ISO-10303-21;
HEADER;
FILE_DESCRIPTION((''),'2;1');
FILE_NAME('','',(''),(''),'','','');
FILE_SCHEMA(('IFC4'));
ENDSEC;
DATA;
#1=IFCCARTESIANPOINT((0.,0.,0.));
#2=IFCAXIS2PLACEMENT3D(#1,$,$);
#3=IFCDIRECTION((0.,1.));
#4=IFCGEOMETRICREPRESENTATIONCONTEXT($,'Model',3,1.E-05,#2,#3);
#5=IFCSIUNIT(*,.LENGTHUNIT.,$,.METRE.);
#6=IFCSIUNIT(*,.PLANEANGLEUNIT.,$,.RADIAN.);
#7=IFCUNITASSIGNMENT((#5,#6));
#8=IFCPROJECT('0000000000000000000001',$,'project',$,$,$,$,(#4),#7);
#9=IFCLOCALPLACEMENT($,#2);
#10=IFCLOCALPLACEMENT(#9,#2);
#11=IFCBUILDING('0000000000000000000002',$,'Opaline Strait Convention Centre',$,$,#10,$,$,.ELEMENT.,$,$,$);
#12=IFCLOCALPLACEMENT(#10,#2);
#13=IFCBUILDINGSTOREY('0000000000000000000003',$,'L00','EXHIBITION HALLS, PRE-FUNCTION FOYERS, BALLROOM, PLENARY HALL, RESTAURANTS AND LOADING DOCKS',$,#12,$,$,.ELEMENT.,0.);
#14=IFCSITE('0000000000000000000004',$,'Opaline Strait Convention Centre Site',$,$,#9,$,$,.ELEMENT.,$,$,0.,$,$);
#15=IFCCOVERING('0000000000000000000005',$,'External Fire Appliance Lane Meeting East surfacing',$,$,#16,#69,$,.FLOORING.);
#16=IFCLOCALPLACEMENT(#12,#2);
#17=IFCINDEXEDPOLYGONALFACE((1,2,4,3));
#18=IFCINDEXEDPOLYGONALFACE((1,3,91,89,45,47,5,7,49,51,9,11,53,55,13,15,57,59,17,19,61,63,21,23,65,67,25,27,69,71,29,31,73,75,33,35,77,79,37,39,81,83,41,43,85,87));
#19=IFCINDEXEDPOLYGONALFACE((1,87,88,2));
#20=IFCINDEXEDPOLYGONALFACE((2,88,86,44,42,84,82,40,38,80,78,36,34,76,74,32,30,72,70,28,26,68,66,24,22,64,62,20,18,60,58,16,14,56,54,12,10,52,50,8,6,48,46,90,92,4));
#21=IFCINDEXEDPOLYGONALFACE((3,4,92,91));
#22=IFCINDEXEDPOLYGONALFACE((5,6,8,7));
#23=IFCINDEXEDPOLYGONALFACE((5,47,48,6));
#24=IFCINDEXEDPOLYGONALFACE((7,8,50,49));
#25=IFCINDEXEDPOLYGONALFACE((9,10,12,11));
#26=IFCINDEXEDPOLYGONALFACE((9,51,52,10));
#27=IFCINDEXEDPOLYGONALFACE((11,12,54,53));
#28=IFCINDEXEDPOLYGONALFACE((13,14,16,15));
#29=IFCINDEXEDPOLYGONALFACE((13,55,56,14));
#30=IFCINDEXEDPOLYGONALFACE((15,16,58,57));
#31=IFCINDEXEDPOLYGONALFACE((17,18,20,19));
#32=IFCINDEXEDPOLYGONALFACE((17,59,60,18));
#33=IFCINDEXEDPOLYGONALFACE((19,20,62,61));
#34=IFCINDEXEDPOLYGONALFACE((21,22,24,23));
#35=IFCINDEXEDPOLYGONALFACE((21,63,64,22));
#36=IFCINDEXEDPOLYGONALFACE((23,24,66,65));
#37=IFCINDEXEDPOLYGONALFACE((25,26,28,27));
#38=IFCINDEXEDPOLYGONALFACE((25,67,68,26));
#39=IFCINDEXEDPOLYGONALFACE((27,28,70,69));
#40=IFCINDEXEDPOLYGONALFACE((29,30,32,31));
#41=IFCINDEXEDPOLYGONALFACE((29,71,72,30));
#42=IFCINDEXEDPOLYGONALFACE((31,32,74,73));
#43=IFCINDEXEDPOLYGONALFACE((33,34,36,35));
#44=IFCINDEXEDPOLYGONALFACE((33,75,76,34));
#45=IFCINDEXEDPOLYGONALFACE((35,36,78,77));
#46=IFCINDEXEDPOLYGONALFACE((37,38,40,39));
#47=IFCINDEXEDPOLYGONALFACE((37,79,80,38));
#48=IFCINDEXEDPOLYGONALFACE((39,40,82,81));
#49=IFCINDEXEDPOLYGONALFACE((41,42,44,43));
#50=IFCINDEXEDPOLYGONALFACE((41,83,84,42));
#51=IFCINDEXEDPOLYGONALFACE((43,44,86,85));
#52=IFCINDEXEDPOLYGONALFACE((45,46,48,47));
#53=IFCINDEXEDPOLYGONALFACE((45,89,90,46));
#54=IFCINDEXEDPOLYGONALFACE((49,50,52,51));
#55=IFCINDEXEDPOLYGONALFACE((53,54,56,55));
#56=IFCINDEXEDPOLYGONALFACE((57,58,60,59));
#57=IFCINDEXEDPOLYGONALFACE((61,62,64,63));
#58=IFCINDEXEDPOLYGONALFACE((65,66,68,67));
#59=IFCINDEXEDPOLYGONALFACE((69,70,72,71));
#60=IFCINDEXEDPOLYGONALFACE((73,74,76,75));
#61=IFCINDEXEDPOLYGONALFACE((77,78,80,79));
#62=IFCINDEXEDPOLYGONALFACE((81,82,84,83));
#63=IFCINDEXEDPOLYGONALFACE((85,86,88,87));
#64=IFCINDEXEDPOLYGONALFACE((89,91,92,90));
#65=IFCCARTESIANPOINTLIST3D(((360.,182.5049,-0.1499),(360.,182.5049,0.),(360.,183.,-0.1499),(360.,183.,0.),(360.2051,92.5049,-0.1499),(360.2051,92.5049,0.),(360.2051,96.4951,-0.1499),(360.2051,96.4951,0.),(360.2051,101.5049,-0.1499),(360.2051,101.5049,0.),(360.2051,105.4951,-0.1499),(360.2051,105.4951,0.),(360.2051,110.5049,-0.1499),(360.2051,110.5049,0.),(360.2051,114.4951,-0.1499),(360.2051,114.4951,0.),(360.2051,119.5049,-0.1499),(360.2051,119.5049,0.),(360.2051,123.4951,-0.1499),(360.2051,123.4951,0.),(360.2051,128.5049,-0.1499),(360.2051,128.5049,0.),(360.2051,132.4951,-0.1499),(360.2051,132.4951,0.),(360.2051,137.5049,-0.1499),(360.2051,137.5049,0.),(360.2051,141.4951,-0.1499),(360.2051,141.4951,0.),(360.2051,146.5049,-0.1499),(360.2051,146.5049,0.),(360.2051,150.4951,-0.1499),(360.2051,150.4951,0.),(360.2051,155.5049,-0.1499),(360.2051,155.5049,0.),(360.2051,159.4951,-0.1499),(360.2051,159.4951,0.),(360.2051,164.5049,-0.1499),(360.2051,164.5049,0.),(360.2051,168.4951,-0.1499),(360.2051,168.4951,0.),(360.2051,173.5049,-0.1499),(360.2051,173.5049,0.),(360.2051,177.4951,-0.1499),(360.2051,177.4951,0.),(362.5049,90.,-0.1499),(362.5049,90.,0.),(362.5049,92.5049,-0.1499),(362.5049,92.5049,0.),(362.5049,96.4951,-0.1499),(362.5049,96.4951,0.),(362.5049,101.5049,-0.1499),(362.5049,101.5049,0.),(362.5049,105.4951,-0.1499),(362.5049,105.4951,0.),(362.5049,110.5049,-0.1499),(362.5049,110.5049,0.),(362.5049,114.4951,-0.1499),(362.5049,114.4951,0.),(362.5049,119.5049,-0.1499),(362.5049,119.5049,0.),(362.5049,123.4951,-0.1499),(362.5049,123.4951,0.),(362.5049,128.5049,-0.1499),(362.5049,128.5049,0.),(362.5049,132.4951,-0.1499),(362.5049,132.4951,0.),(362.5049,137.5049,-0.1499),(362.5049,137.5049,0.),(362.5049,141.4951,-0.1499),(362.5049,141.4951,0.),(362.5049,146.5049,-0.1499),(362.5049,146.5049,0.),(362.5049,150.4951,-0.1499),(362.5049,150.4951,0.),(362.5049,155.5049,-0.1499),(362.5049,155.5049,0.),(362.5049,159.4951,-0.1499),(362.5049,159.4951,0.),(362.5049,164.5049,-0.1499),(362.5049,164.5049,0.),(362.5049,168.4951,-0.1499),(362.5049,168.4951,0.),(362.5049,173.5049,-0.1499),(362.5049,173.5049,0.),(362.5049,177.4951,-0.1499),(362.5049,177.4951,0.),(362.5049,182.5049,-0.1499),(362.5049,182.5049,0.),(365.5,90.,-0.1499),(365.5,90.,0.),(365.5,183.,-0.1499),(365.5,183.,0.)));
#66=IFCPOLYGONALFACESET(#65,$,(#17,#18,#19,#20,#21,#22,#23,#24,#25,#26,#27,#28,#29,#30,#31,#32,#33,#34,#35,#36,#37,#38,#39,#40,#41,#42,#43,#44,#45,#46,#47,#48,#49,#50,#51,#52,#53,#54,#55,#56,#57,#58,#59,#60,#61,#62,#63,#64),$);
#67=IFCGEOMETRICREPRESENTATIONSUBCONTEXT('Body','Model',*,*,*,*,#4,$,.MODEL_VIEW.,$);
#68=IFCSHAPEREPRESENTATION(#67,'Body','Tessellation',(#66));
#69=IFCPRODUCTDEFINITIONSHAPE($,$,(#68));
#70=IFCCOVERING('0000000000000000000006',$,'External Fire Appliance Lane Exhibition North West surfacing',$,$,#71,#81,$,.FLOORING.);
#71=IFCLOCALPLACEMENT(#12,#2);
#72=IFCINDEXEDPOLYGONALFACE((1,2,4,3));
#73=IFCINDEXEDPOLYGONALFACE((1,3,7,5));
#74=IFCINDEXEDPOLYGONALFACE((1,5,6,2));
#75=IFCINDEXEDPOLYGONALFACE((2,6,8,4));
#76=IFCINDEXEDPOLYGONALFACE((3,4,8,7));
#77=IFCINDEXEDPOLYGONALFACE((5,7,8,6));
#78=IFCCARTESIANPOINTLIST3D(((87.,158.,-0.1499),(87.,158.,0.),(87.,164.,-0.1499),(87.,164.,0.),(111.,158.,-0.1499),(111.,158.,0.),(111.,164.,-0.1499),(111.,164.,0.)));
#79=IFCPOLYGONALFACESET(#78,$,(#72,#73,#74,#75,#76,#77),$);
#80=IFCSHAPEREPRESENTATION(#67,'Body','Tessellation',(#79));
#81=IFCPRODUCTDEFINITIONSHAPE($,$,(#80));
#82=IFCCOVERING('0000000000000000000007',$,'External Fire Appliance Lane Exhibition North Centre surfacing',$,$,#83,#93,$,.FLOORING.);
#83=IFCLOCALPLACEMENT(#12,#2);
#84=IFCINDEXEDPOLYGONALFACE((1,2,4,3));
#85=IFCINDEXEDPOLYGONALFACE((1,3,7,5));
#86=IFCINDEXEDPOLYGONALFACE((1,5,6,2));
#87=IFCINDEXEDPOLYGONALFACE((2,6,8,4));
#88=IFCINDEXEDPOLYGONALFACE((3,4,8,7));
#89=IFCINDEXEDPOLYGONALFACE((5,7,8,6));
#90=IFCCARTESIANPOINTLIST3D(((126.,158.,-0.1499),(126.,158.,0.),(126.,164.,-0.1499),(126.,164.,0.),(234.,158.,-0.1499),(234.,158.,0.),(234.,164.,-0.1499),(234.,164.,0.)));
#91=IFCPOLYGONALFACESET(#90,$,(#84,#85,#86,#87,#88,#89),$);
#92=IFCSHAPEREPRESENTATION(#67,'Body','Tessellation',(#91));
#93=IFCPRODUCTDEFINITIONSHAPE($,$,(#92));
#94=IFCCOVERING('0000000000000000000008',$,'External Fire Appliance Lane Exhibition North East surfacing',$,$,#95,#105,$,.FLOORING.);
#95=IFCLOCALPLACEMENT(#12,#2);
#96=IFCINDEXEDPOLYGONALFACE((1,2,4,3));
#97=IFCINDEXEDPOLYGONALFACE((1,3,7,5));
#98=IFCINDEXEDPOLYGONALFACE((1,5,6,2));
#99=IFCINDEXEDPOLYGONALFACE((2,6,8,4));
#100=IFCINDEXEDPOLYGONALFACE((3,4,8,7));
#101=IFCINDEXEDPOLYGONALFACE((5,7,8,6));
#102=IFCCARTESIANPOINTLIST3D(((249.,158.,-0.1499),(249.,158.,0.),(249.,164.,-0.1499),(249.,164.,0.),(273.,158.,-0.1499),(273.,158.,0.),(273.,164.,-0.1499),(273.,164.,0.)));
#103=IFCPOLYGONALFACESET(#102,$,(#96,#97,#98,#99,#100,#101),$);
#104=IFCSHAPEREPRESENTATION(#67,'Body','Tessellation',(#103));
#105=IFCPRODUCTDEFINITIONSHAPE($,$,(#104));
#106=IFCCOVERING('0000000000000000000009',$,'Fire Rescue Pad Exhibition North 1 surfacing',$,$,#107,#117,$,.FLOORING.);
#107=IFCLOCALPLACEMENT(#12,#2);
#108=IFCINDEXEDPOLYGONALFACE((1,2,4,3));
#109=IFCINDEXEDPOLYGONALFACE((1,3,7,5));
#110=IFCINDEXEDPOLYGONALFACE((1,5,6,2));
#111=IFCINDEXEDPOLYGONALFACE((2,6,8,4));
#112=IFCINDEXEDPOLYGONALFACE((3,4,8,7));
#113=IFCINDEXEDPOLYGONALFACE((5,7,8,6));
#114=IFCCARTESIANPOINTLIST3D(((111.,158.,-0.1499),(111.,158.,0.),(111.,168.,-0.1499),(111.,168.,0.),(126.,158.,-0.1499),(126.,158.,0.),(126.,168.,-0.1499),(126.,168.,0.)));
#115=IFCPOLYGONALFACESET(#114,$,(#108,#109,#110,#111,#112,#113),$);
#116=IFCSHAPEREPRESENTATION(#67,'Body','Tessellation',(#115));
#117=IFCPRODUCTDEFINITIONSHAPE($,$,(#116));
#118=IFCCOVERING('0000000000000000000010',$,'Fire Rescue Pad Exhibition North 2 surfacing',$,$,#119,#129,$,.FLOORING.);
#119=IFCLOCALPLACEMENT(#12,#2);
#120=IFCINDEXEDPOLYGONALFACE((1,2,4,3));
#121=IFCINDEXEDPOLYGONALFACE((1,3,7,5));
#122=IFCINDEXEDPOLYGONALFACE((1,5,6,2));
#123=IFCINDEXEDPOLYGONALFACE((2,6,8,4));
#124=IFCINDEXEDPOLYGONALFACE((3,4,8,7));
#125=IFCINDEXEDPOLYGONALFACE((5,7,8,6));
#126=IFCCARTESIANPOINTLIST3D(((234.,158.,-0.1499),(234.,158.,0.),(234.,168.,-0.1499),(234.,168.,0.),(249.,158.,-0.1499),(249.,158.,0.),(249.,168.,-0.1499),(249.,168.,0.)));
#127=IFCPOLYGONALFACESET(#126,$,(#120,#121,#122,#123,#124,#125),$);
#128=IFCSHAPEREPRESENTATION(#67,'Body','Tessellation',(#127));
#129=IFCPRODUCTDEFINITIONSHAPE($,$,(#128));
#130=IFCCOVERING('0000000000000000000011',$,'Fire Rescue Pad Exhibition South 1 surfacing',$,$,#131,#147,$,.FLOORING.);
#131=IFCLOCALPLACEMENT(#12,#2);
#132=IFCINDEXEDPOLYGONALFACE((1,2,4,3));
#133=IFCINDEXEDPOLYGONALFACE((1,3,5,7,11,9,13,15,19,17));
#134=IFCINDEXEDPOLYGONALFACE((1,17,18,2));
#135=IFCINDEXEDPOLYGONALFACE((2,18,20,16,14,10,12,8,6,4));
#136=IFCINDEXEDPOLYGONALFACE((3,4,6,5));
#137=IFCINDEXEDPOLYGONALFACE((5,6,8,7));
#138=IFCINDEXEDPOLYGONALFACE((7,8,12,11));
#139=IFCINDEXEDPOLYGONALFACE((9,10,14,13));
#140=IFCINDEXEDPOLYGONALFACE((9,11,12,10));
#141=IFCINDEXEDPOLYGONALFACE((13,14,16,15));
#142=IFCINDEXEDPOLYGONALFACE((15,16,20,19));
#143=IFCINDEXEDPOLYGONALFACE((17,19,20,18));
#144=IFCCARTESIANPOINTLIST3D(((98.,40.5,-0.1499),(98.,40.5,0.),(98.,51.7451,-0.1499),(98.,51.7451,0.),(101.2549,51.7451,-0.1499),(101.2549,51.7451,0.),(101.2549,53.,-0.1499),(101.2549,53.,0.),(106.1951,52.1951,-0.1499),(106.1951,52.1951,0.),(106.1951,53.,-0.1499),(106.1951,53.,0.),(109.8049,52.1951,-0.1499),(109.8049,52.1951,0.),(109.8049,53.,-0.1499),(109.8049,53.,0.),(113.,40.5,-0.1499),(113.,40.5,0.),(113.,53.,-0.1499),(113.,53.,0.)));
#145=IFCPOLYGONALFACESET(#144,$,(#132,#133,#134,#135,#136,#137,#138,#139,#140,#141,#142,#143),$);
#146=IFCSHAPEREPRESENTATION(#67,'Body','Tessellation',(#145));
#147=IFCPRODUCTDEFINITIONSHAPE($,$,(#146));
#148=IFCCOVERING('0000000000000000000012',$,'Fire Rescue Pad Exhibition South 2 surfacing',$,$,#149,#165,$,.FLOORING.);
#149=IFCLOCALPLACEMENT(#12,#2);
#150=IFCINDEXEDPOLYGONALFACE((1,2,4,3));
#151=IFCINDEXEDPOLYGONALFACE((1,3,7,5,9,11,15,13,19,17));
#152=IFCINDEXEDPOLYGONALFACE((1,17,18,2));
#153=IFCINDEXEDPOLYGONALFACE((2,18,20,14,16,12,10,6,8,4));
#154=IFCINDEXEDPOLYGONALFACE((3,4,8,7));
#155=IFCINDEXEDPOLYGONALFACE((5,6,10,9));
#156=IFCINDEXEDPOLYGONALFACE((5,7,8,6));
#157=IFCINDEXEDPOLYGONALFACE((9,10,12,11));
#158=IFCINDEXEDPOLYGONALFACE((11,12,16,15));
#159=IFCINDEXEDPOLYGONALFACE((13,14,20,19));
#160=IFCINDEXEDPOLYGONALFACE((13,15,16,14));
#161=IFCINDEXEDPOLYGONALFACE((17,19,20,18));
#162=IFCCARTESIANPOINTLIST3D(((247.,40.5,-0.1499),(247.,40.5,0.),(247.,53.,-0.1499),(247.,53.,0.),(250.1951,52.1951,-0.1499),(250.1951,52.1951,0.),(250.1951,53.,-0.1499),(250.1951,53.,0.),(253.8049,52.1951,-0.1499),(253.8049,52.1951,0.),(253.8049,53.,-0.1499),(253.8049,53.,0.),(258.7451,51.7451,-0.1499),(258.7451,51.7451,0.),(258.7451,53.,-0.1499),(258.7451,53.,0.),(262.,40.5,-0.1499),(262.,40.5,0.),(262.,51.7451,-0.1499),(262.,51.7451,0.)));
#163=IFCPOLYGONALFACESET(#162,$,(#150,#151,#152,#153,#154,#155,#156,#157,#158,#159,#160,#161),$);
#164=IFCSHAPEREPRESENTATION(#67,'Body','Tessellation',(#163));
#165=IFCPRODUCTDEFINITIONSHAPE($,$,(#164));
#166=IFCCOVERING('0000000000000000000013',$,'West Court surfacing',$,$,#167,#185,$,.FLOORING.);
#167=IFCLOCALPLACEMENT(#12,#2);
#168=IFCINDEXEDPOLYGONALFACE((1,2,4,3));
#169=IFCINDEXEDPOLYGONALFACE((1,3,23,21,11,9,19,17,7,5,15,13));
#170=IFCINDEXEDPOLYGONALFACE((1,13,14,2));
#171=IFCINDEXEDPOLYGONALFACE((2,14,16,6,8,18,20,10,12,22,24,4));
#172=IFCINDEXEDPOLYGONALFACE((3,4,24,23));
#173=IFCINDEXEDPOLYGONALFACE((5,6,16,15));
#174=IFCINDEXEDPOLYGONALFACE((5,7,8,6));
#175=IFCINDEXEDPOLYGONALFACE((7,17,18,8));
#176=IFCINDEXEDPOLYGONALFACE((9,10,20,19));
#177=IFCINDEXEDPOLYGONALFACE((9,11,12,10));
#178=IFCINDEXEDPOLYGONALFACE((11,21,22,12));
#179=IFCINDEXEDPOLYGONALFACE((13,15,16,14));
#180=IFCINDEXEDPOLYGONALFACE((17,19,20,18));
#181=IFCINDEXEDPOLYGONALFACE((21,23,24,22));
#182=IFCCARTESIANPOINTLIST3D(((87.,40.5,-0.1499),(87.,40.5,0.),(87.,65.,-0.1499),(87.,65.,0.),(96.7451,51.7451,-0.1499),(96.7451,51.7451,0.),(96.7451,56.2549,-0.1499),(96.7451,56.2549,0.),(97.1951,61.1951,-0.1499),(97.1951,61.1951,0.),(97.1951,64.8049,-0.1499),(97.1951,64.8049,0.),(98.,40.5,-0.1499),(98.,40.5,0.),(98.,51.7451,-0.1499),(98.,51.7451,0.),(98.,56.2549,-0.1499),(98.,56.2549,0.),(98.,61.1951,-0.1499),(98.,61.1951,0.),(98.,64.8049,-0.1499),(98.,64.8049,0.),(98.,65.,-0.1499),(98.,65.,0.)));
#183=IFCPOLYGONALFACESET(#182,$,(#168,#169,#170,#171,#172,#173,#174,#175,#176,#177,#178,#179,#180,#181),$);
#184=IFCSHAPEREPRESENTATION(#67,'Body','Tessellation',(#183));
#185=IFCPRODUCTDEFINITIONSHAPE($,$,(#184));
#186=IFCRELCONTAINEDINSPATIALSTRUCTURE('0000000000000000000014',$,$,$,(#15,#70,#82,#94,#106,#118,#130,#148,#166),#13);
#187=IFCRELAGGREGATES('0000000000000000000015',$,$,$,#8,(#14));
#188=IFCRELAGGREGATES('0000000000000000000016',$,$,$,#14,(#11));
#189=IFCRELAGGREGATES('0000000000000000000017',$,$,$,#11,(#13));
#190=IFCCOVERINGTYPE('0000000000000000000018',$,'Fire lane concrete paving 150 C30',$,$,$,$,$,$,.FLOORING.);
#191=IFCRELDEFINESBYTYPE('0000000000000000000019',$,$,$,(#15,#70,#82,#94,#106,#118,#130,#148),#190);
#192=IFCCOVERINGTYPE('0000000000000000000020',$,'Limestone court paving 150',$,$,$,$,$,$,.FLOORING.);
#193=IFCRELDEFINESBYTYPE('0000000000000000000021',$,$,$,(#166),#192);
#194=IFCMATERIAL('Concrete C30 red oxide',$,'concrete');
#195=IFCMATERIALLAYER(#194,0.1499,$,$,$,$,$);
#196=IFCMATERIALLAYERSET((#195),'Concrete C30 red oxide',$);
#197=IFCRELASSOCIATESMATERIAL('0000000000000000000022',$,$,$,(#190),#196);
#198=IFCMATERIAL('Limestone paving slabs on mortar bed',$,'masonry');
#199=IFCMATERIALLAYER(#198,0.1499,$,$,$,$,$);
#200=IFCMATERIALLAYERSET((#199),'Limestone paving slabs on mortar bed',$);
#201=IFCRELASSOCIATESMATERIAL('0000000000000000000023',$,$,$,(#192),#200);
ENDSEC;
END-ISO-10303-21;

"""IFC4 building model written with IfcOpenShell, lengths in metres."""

from ifc_helpers import new_model, si_unit, direction, frame, origin, place, context, subcontext, project, spatial, polyline, outline, extrude, material, layer, layer_set, type_object, element, save


model = new_model("IFC4")

# Units and contexts
model_context = context("Model", 3, precision=1e-05, world=origin(), true_north=direction((0.0, 1.0)))
body_context = subcontext(model_context, "Body", "Model", "MODEL_VIEW")
ifc_project = project(units=[si_unit("LENGTHUNIT", "METRE"), si_unit("PLANEANGLEUNIT", "RADIAN")], contexts=[model_context])

# Site, building, storey
site_placement = place(None, origin())
site = spatial("IfcSite", under=ifc_project, at=site_placement, Name="Opaline Strait Convention Centre Site", CompositionType="ELEMENT", RefElevation=0.0)
building_placement = place(site_placement, origin())
building = spatial("IfcBuilding", under=site, at=building_placement, Name="Opaline Strait Convention Centre", CompositionType="ELEMENT")
storey_placement = place(building_placement, origin())
storey = spatial("IfcBuildingStorey", under=building, at=storey_placement, Name="L00", Description="EXHIBITION HALLS, PRE-FUNCTION FOYERS, BALLROOM, PLENARY HALL, RESTAURANTS AND LOADING DOCKS", CompositionType="ELEMENT", Elevation=0.0)

# Coverings
ifc_material_1 = material(Name="Concrete C30 red oxide", Category="concrete")
ifc_layer_1 = layer(ifc_material_1, 0.1499)
ifc_layer_set_1 = layer_set([ifc_layer_1], Name="Concrete C30 red oxide")
covering_type_1 = type_object("IfcCoveringType", Name="Fire lane concrete paving 150 C30", PredefinedType="FLOORING", material=ifc_layer_set_1)
covering_1_placement = place(storey_placement, frame((0.0, 0.0, -0.1499)))
element("IfcCovering", 1, at=covering_1_placement, inside=storey, type_object=covering_type_1, Name="External Fire Appliance Lane Meeting East surfacing", PredefinedType="FLOORING", context=body_context, shape_type="SweptSolid", body=[
    extrude(outline(polyline([(362.5049, 92.5049), (362.5049, 90.0), (365.5, 90.0), (365.5, 183.0), (360.0, 183.0), (360.0, 182.5049), (362.5049, 182.5049), (362.5049, 177.4951), (360.2051, 177.4951), (360.2051, 173.5049), (362.5049, 173.5049), (362.5049, 168.4951), (360.2051, 168.4951), (360.2051, 164.5049), (362.5049, 164.5049), (362.5049, 159.4951), (360.2051, 159.4951), (360.2051, 155.5049), (362.5049, 155.5049), (362.5049, 150.4951), (360.2051, 150.4951), (360.2051, 146.5049), (362.5049, 146.5049), (362.5049, 141.4951), (360.2051, 141.4951), (360.2051, 137.5049), (362.5049, 137.5049), (362.5049, 132.4951), (360.2051, 132.4951), (360.2051, 128.5049), (362.5049, 128.5049), (362.5049, 123.4951), (360.2051, 123.4951), (360.2051, 119.5049), (362.5049, 119.5049), (362.5049, 114.4951), (360.2051, 114.4951), (360.2051, 110.5049), (362.5049, 110.5049), (362.5049, 105.4951), (360.2051, 105.4951), (360.2051, 101.5049), (362.5049, 101.5049), (362.5049, 96.4951), (360.2051, 96.4951), (360.2051, 92.5049), (362.5049, 92.5049)])), origin(), (0.0, 0.0, 1.0), 0.1499),
])
covering_2_placement = place(storey_placement, frame((0.0, 0.0, -0.1499)))
element("IfcCovering", 2, at=covering_2_placement, inside=storey, type_object=covering_type_1, Name="External Fire Appliance Lane Exhibition North West surfacing", PredefinedType="FLOORING", context=body_context, shape_type="SweptSolid", body=[
    extrude(outline(polyline([(111.0, 164.0), (87.0, 164.0), (87.0, 158.0), (111.0, 158.0), (111.0, 164.0)])), origin(), (0.0, 0.0, 1.0), 0.1499),
])
covering_3_placement = place(storey_placement, frame((0.0, 0.0, -0.1499)))
element("IfcCovering", 3, at=covering_3_placement, inside=storey, type_object=covering_type_1, Name="External Fire Appliance Lane Exhibition North Centre surfacing", PredefinedType="FLOORING", context=body_context, shape_type="SweptSolid", body=[
    extrude(outline(polyline([(234.0, 164.0), (126.0, 164.0), (126.0, 158.0), (234.0, 158.0), (234.0, 164.0)])), origin(), (0.0, 0.0, 1.0), 0.1499),
])
covering_4_placement = place(storey_placement, frame((0.0, 0.0, -0.1499)))
element("IfcCovering", 4, at=covering_4_placement, inside=storey, type_object=covering_type_1, Name="External Fire Appliance Lane Exhibition North East surfacing", PredefinedType="FLOORING", context=body_context, shape_type="SweptSolid", body=[
    extrude(outline(polyline([(273.0, 164.0), (249.0, 164.0), (249.0, 158.0), (273.0, 158.0), (273.0, 164.0)])), origin(), (0.0, 0.0, 1.0), 0.1499),
])
covering_5_placement = place(storey_placement, frame((0.0, 0.0, -0.1499)))
element("IfcCovering", 5, at=covering_5_placement, inside=storey, type_object=covering_type_1, Name="Fire Rescue Pad Exhibition North 1 surfacing", PredefinedType="FLOORING", context=body_context, shape_type="SweptSolid", body=[
    extrude(outline(polyline([(111.0, 168.0), (111.0, 158.0), (126.0, 158.0), (126.0, 168.0), (111.0, 168.0)])), origin(), (0.0, 0.0, 1.0), 0.1499),
])
covering_6_placement = place(storey_placement, frame((0.0, 0.0, -0.1499)))
element("IfcCovering", 6, at=covering_6_placement, inside=storey, type_object=covering_type_1, Name="Fire Rescue Pad Exhibition North 2 surfacing", PredefinedType="FLOORING", context=body_context, shape_type="SweptSolid", body=[
    extrude(outline(polyline([(234.0, 168.0), (234.0, 158.0), (249.0, 158.0), (249.0, 168.0), (234.0, 168.0)])), origin(), (0.0, 0.0, 1.0), 0.1499),
])
covering_7_placement = place(storey_placement, frame((0.0, 0.0, -0.1499)))
element("IfcCovering", 7, at=covering_7_placement, inside=storey, type_object=covering_type_1, Name="Fire Rescue Pad Exhibition South 1 surfacing", PredefinedType="FLOORING", context=body_context, shape_type="SweptSolid", body=[
    extrude(outline(polyline([(113.0, 40.5), (113.0, 53.0), (109.8049, 53.0), (109.8049, 52.1951), (106.1951, 52.1951), (106.1951, 53.0), (101.2549, 53.0), (101.2549, 51.7451), (98.0, 51.7451), (98.0, 40.5), (113.0, 40.5)])), origin(), (0.0, 0.0, 1.0), 0.1499),
])
covering_8_placement = place(storey_placement, frame((0.0, 0.0, -0.1499)))
element("IfcCovering", 8, at=covering_8_placement, inside=storey, type_object=covering_type_1, Name="Fire Rescue Pad Exhibition South 2 surfacing", PredefinedType="FLOORING", context=body_context, shape_type="SweptSolid", body=[
    extrude(outline(polyline([(247.0, 40.5), (262.0, 40.5), (262.0, 51.7451), (258.7451, 51.7451), (258.7451, 53.0), (253.8049, 53.0), (253.8049, 52.1951), (250.1951, 52.1951), (250.1951, 53.0), (247.0, 53.0), (247.0, 40.5)])), origin(), (0.0, 0.0, 1.0), 0.1499),
])
ifc_material_2 = material(Name="Limestone paving slabs on mortar bed", Category="masonry")
ifc_layer_2 = layer(ifc_material_2, 0.1499)
ifc_layer_set_2 = layer_set([ifc_layer_2], Name="Limestone paving slabs on mortar bed")
covering_type_2 = type_object("IfcCoveringType", Name="Limestone court paving 150", PredefinedType="FLOORING", material=ifc_layer_set_2)
covering_9_placement = place(storey_placement, frame((0.0, 0.0, -0.1499)))
element("IfcCovering", 9, at=covering_9_placement, inside=storey, type_object=covering_type_2, Name="West Court surfacing", PredefinedType="FLOORING", context=body_context, shape_type="SweptSolid", body=[
    extrude(outline(polyline([(87.0, 40.5), (98.0, 40.5), (98.0, 51.7451), (96.7451, 51.7451), (96.7451, 56.2549), (98.0, 56.2549), (98.0, 61.1951), (97.1951, 61.1951), (97.1951, 64.8049), (98.0, 64.8049), (98.0, 65.0), (87.0, 65.0), (87.0, 40.5)])), origin(), (0.0, 0.0, 1.0), 0.1499),
])

save(model, "model.ifc")
